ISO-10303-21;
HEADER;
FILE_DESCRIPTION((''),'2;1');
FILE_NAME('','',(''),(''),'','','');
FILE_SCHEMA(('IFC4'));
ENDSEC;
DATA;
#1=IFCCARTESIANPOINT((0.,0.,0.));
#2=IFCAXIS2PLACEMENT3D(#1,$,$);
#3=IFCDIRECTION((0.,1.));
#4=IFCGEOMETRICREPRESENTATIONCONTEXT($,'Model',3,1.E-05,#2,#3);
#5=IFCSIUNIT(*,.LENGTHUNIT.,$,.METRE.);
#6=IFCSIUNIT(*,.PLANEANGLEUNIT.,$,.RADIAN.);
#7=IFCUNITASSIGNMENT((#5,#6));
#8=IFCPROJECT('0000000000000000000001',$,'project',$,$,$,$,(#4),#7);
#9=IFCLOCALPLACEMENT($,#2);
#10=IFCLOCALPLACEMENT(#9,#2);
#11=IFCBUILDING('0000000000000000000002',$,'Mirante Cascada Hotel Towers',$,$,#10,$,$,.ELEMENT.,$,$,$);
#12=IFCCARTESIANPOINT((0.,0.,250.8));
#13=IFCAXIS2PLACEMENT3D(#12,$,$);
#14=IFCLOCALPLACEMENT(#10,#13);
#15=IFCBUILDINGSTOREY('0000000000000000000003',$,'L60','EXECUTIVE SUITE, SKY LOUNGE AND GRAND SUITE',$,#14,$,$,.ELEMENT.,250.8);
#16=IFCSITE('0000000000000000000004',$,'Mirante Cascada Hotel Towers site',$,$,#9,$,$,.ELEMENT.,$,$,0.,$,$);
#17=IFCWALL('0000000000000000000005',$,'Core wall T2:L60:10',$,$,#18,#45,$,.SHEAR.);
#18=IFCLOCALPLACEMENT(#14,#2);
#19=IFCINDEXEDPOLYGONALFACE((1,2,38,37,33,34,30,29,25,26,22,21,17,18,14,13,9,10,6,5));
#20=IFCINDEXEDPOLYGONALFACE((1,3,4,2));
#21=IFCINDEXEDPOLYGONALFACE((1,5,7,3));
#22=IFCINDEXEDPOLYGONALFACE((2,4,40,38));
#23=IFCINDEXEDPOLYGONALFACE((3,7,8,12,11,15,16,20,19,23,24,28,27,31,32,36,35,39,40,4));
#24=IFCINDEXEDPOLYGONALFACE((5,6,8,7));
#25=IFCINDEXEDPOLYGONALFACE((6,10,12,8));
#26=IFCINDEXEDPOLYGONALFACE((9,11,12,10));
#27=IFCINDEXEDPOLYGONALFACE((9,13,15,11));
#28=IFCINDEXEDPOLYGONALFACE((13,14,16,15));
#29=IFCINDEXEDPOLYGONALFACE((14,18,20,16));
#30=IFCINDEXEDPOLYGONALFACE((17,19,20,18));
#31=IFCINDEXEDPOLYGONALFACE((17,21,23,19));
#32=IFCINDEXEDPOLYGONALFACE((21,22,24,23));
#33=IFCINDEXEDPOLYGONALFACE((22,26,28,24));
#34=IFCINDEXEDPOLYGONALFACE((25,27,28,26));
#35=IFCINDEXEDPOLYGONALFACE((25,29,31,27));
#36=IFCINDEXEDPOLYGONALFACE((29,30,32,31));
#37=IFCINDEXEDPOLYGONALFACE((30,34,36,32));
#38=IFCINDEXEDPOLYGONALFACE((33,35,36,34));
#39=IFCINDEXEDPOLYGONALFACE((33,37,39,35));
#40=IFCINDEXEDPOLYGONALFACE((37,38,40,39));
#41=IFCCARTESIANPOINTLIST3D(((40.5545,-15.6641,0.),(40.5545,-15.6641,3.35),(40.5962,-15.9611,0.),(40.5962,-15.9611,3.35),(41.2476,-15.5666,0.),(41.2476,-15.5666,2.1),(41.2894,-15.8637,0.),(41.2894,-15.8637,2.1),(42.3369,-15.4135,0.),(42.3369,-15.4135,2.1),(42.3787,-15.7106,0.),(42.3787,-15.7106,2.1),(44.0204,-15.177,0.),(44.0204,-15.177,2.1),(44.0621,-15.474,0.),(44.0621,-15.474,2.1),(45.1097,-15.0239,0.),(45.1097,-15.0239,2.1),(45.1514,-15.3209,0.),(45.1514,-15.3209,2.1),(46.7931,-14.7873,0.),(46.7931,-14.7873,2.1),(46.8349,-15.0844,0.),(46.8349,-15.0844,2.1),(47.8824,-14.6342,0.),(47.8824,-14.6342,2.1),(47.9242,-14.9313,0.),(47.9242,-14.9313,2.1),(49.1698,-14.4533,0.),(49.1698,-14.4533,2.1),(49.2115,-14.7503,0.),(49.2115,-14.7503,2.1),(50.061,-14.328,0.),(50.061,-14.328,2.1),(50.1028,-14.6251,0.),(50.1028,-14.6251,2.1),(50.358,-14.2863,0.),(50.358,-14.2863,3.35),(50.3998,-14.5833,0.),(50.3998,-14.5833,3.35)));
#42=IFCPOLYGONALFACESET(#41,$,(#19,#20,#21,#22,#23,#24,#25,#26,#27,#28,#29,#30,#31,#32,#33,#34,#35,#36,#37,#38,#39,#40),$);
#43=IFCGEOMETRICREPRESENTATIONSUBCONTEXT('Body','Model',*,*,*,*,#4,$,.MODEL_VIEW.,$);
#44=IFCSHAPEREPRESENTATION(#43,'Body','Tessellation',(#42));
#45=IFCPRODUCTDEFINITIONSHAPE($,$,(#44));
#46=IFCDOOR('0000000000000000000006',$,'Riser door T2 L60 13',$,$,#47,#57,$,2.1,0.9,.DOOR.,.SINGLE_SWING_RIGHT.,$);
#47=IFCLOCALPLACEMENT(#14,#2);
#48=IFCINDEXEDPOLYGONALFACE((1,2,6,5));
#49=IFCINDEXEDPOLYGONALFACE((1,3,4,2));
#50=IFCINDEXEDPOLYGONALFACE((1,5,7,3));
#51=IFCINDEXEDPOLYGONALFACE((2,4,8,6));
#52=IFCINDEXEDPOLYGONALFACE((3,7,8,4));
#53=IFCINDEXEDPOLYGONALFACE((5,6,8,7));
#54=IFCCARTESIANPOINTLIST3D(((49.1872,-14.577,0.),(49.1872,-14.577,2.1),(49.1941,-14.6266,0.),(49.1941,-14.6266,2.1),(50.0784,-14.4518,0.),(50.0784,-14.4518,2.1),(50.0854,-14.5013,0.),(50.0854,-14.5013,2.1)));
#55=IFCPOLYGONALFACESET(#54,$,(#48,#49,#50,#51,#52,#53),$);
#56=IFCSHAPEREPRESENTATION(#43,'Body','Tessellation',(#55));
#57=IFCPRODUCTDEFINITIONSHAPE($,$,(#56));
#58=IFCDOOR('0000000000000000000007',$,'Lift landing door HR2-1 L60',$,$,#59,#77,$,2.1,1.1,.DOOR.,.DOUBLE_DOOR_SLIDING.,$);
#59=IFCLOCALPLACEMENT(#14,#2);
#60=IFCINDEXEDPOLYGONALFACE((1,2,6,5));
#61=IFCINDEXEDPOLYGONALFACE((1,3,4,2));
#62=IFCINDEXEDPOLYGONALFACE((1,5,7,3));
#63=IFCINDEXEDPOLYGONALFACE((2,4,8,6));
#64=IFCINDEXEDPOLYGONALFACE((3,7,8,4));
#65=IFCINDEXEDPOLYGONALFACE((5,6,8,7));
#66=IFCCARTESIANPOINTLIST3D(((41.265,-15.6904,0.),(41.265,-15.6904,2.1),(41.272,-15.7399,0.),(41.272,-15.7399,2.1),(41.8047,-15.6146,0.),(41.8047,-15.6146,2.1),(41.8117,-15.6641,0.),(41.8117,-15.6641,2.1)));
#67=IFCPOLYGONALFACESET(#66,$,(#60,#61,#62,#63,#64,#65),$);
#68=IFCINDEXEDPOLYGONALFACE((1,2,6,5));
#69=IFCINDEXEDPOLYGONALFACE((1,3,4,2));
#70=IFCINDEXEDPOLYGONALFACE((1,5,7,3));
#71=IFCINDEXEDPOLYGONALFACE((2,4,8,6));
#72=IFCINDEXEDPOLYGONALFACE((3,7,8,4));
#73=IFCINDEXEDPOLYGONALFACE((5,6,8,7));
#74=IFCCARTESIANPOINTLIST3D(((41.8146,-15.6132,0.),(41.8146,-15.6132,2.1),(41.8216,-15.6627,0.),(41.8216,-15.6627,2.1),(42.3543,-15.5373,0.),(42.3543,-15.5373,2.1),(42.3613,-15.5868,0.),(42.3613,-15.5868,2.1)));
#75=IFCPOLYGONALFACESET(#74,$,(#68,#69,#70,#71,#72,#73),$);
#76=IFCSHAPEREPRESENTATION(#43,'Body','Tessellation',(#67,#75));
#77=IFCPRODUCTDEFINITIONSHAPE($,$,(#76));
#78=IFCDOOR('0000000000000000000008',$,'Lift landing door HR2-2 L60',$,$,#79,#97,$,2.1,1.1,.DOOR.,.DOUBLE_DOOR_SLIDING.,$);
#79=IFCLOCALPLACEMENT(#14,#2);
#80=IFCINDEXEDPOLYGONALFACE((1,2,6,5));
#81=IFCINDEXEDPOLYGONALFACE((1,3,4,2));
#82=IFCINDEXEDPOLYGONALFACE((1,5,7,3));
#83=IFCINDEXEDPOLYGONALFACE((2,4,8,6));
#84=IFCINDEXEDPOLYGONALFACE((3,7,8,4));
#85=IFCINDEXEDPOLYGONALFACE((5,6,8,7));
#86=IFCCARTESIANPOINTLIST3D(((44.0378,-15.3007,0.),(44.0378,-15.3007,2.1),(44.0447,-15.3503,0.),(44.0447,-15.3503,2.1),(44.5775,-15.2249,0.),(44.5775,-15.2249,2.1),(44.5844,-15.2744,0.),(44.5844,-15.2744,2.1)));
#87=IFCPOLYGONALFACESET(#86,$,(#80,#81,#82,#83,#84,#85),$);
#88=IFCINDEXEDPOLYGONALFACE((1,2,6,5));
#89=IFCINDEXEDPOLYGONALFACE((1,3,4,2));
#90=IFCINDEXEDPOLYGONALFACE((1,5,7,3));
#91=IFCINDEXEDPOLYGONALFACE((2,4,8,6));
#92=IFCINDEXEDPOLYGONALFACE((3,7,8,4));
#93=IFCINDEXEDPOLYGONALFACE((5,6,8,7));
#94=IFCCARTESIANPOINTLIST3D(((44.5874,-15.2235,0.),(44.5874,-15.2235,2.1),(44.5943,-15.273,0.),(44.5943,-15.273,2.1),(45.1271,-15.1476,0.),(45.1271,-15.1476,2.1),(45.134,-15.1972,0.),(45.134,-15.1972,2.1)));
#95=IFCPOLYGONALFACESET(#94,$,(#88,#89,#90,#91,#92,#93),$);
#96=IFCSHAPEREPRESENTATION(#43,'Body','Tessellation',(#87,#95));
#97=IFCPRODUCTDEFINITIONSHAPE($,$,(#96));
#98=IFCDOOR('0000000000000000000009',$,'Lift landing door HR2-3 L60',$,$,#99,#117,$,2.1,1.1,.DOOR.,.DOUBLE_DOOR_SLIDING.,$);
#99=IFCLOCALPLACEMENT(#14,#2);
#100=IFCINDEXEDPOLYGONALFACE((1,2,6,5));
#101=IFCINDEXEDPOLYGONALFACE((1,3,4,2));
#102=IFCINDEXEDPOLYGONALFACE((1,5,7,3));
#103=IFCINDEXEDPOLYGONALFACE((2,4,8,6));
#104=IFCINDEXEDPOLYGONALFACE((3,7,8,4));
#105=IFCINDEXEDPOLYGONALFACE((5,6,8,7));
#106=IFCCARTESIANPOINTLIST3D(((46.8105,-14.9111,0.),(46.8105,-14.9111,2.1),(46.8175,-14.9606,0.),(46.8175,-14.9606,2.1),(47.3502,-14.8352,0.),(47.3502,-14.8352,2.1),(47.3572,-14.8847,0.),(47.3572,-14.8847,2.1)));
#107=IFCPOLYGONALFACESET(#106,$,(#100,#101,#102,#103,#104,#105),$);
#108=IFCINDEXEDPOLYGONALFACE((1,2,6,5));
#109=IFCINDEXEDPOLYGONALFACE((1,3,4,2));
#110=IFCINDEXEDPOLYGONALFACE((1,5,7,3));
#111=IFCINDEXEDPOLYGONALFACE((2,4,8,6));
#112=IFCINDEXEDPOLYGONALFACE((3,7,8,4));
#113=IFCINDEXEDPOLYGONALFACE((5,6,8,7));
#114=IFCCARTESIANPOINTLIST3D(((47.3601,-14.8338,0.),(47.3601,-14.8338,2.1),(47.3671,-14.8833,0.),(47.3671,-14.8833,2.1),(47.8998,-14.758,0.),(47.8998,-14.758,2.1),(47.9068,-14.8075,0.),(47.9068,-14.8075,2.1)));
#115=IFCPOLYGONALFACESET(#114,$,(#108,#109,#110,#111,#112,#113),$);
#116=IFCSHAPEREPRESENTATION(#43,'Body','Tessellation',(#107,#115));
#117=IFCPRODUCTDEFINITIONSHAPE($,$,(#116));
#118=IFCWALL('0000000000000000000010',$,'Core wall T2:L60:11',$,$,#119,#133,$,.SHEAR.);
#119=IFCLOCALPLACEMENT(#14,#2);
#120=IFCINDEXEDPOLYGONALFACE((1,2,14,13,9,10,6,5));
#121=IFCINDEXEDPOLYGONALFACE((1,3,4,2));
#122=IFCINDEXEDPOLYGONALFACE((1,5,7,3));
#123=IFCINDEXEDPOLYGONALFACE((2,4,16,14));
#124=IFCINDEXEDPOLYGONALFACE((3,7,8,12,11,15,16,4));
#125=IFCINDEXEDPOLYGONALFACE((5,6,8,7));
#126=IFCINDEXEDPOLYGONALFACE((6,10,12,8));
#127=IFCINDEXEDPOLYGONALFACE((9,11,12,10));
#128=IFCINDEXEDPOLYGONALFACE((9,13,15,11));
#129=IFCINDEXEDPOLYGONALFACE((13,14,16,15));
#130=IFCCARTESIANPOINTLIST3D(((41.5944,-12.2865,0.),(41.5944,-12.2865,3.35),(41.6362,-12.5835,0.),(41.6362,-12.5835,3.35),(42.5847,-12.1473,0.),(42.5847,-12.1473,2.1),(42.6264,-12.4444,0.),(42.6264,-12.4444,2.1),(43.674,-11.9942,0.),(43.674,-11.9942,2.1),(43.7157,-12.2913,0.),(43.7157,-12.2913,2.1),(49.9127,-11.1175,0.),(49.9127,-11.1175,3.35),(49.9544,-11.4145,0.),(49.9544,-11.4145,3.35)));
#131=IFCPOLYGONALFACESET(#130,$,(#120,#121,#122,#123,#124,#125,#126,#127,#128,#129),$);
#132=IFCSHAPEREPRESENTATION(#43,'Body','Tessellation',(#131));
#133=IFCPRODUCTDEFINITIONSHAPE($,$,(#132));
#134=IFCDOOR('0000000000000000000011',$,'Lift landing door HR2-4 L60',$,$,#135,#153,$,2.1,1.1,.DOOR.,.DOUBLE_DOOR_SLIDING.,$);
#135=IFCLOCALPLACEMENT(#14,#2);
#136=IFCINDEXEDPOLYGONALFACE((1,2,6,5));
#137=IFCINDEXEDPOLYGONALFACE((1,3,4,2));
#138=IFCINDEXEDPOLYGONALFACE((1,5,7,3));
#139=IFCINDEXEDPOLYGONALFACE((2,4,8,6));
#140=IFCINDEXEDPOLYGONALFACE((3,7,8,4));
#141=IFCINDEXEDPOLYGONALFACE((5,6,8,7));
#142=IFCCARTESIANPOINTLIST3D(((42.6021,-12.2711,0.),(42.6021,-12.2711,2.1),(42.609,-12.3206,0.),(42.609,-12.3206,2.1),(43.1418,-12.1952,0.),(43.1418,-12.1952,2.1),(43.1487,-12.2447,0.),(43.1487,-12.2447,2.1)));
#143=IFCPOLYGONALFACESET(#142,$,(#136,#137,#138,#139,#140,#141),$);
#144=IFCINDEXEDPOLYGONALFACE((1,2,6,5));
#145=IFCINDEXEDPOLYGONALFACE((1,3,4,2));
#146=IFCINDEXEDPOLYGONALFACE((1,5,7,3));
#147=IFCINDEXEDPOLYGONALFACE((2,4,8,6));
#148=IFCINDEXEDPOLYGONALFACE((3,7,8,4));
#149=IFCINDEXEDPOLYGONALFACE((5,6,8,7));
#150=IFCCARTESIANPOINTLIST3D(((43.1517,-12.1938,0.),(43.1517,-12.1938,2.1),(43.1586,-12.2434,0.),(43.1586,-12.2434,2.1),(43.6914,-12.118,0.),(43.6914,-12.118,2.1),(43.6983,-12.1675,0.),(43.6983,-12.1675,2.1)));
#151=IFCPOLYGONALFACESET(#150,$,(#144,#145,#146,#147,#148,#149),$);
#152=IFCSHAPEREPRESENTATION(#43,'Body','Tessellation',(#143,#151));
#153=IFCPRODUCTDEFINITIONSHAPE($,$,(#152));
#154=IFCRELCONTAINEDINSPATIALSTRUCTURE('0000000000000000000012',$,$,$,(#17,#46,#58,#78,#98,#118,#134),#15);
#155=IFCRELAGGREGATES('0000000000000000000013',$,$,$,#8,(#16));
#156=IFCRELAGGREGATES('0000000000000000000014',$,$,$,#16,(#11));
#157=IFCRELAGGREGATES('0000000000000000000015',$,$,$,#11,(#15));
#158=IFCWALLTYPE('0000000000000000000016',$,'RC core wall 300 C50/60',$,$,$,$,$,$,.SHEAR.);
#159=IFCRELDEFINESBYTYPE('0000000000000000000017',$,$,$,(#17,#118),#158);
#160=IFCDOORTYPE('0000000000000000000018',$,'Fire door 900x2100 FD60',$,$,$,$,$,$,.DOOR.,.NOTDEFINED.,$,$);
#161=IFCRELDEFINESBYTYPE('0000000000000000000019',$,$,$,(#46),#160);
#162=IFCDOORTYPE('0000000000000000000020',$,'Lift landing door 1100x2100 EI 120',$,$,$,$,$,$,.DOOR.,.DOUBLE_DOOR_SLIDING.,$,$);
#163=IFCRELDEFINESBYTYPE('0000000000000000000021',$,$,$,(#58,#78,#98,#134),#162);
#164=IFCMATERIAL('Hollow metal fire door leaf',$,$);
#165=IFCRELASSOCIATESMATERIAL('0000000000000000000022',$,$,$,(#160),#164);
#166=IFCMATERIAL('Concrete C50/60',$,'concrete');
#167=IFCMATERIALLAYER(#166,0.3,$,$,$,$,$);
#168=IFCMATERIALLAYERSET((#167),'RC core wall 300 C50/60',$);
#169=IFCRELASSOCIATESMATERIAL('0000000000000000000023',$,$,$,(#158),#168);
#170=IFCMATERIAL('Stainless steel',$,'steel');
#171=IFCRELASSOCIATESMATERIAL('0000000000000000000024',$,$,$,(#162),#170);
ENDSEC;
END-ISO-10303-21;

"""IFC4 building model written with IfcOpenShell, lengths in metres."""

from ifc_helpers import new_model, si_unit, direction, frame, frame_2d, origin, place, context, subcontext, project, spatial, rectangle, extrude, material, layer, layer_set, type_object, element, fill, save


model = new_model("IFC4")

# Units and contexts
model_context = context("Model", 3, precision=1e-05, world=origin(), true_north=direction((0.0, 1.0)))
body_context = subcontext(model_context, "Body", "Model", "MODEL_VIEW")
ifc_project = project(units=[si_unit("LENGTHUNIT", "METRE"), si_unit("PLANEANGLEUNIT", "RADIAN")], contexts=[model_context])

# Site, building, storey
site_placement = place(None, origin())
site = spatial("IfcSite", under=ifc_project, at=site_placement, Name="Mirante Cascada Hotel Towers site", CompositionType="ELEMENT", RefElevation=0.0)
building_placement = place(site_placement, origin())
building = spatial("IfcBuilding", under=site, at=building_placement, Name="Mirante Cascada Hotel Towers", CompositionType="ELEMENT")
storey_placement = place(building_placement, frame((0.0, 0.0, 250.8)))
storey = spatial("IfcBuildingStorey", under=building, at=storey_placement, Name="L60", Description="EXECUTIVE SUITE, SKY LOUNGE AND GRAND SUITE", CompositionType="ELEMENT", Elevation=250.8)

# Shared definitions
ifc_material_1 = material(Name="Hollow metal fire door leaf")
door_type_1 = type_object("IfcDoorType", Name="Fire door 900x2100 FD60", OperationType="NOTDEFINED", PredefinedType="DOOR", material=ifc_material_1)

# Shared definitions
ifc_material_2 = material(Name="Concrete C50/60", Category="concrete")
ifc_layer_1 = layer(ifc_material_2, 0.3)
ifc_layer_set_1 = layer_set([ifc_layer_1], Name="RC core wall 300 C50/60")
wall_type_1 = type_object("IfcWallType", Name="RC core wall 300 C50/60", PredefinedType="SHEAR", material=ifc_layer_set_1)

# Wall, openings, doors
wall_1_placement = place(storey_placement, frame((40.5753, -15.8126, 0.0), z_axis=(0.0, 0.0, 1.0), x_axis=(0.990268, 0.139173, 0.0)))
wall_1 = element("IfcWall", 1, at=wall_1_placement, inside=storey, type_object=wall_type_1, Name="Core wall T2:L60:10", PredefinedType="SHEAR", context=body_context, shape_type="SweptSolid", body=[
    extrude(rectangle(XDim=9.8999, YDim=0.3, at=frame_2d((4.95, 0.0))), origin(), (0.0, 0.0, 1.0), 3.35),
])
opening_1_placement = place(wall_1_placement, frame((0.7, 0.0, 0.0)))
opening_1 = element("IfcOpeningElement", 2, at=opening_1_placement, cuts=wall_1, PredefinedType="OPENING", context=body_context, shape_type="SweptSolid", body=[
    extrude(rectangle(XDim=1.1, YDim=2.1, at=frame_2d((0.55, 1.05))), frame((0.0, 0.15, 0.0), z_axis=(0.0, -1.0, 0.0), x_axis=(1.0, 0.0, 0.0)), (0.0, 0.0, 1.0), 0.3),
])
opening_2_placement = place(wall_1_placement, frame((3.5, 0.0, 0.0)))
opening_2 = element("IfcOpeningElement", 3, at=opening_2_placement, cuts=wall_1, PredefinedType="OPENING", context=body_context, shape_type="SweptSolid", body=[
    extrude(rectangle(XDim=1.1, YDim=2.1, at=frame_2d((0.55, 1.05))), frame((0.0, 0.15, 0.0), z_axis=(0.0, -1.0, 0.0), x_axis=(1.0, 0.0, 0.0)), (0.0, 0.0, 1.0), 0.3),
])
opening_3_placement = place(wall_1_placement, frame((6.3, 0.0, 0.0)))
opening_3 = element("IfcOpeningElement", 4, at=opening_3_placement, cuts=wall_1, PredefinedType="OPENING", context=body_context, shape_type="SweptSolid", body=[
    extrude(rectangle(XDim=1.1, YDim=2.1, at=frame_2d((0.55, 1.05))), frame((0.0, 0.15, 0.0), z_axis=(0.0, -1.0, 0.0), x_axis=(1.0, 0.0, 0.0)), (0.0, 0.0, 1.0), 0.3),
])
opening_4_placement = place(wall_1_placement, frame((8.7, 0.0, 0.0)))
opening_4 = element("IfcOpeningElement", 5, at=opening_4_placement, cuts=wall_1, PredefinedType="OPENING", context=body_context, shape_type="SweptSolid", body=[
    extrude(rectangle(XDim=0.9, YDim=2.1, at=frame_2d((0.45, 1.05))), frame((0.0, 0.15, 0.0), z_axis=(0.0, -1.0, 0.0), x_axis=(1.0, 0.0, 0.0)), (0.0, 0.0, 1.0), 0.3),
])
door_1_placement = place(opening_4_placement, frame((0.9, 0.0, 0.0), z_axis=(0.0, 0.0, 1.0), x_axis=(-1.0, 0.0, 0.0)))
door_1 = element("IfcDoor", 6, at=door_1_placement, inside=storey, type_object=door_type_1, Name="Riser door T2 L60 13", OperationType="SINGLE_SWING_RIGHT", OverallHeight=2.1, OverallWidth=0.9, PredefinedType="DOOR", context=body_context, shape_type="SweptSolid", body=[
    extrude(rectangle(XDim=0.9, YDim=2.1, at=frame_2d((0.45, 1.05))), frame((0.0, 0.025, 0.0), z_axis=(0.0, -1.0, 0.0), x_axis=(1.0, 0.0, 0.0)), (0.0, 0.0, 1.0), 0.05),
])
fill(opening_4, door_1)
ifc_material_3 = material(Name="Stainless steel", Category="steel")
door_type_2 = type_object("IfcDoorType", Name="Lift landing door 1100x2100 EI 120", OperationType="DOUBLE_DOOR_SLIDING", PredefinedType="DOOR", material=ifc_material_3)
door_2_placement = place(opening_1_placement, origin())
door_2 = element("IfcDoor", 7, at=door_2_placement, inside=storey, type_object=door_type_2, Name="Lift landing door HR2-1 L60", OperationType="DOUBLE_DOOR_SLIDING", OverallHeight=2.1, OverallWidth=1.1, PredefinedType="DOOR", context=body_context, shape_type="SweptSolid", body=[
    extrude(rectangle(XDim=0.545, YDim=2.1, at=frame_2d((0.2725, 1.05))), frame((0.0, 0.025, 0.0), z_axis=(0.0, -1.0, 0.0), x_axis=(1.0, 0.0, 0.0)), (0.0, 0.0, 1.0), 0.05),
    extrude(rectangle(XDim=0.545, YDim=2.1, at=frame_2d((0.8275, 1.05))), frame((0.0, 0.025, 0.0), z_axis=(0.0, -1.0, 0.0), x_axis=(1.0, 0.0, 0.0)), (0.0, 0.0, 1.0), 0.05),
])
fill(opening_1, door_2)
door_3_placement = place(opening_2_placement, origin())
door_3 = element("IfcDoor", 8, at=door_3_placement, inside=storey, type_object=door_type_2, Name="Lift landing door HR2-2 L60", OperationType="DOUBLE_DOOR_SLIDING", OverallHeight=2.1, OverallWidth=1.1, PredefinedType="DOOR", context=body_context, shape_type="SweptSolid", body=[
    extrude(rectangle(XDim=0.545, YDim=2.1, at=frame_2d((0.2725, 1.05))), frame((0.0, 0.025, 0.0), z_axis=(0.0, -1.0, 0.0), x_axis=(1.0, 0.0, 0.0)), (0.0, 0.0, 1.0), 0.05),
    extrude(rectangle(XDim=0.545, YDim=2.1, at=frame_2d((0.8275, 1.05))), frame((0.0, 0.025, 0.0), z_axis=(0.0, -1.0, 0.0), x_axis=(1.0, 0.0, 0.0)), (0.0, 0.0, 1.0), 0.05),
])
fill(opening_2, door_3)
door_4_placement = place(opening_3_placement, origin())
door_4 = element("IfcDoor", 9, at=door_4_placement, inside=storey, type_object=door_type_2, Name="Lift landing door HR2-3 L60", OperationType="DOUBLE_DOOR_SLIDING", OverallHeight=2.1, OverallWidth=1.1, PredefinedType="DOOR", context=body_context, shape_type="SweptSolid", body=[
    extrude(rectangle(XDim=0.545, YDim=2.1, at=frame_2d((0.2725, 1.05))), frame((0.0, 0.025, 0.0), z_axis=(0.0, -1.0, 0.0), x_axis=(1.0, 0.0, 0.0)), (0.0, 0.0, 1.0), 0.05),
    extrude(rectangle(XDim=0.545, YDim=2.1, at=frame_2d((0.8275, 1.05))), frame((0.0, 0.025, 0.0), z_axis=(0.0, -1.0, 0.0), x_axis=(1.0, 0.0, 0.0)), (0.0, 0.0, 1.0), 0.05),
])
fill(opening_3, door_4)

# Wall, opening, door
wall_2_placement = place(storey_placement, frame((41.6153, -12.435, 0.0), z_axis=(0.0, 0.0, 1.0), x_axis=(0.990269, 0.139166, 0.0)))
wall_2 = element("IfcWall", 10, at=wall_2_placement, inside=storey, type_object=wall_type_1, Name="Core wall T2:L60:11", PredefinedType="SHEAR", context=body_context, shape_type="SweptSolid", body=[
    extrude(rectangle(XDim=8.4, YDim=0.3, at=frame_2d((4.2, 0.0))), origin(), (0.0, 0.0, 1.0), 3.35),
])
opening_5_placement = place(wall_2_placement, frame((1.0, 0.0, 0.0)))
opening_5 = element("IfcOpeningElement", 11, at=opening_5_placement, cuts=wall_2, PredefinedType="OPENING", context=body_context, shape_type="SweptSolid", body=[
    extrude(rectangle(XDim=1.1, YDim=2.1, at=frame_2d((0.55, 1.05))), frame((0.0, 0.15, 0.0), z_axis=(0.0, -1.0, 0.0), x_axis=(1.0, 0.0, 0.0)), (0.0, 0.0, 1.0), 0.3),
])
door_5_placement = place(opening_5_placement, origin())
door_5 = element("IfcDoor", 12, at=door_5_placement, inside=storey, type_object=door_type_2, Name="Lift landing door HR2-4 L60", OperationType="DOUBLE_DOOR_SLIDING", OverallHeight=2.1, OverallWidth=1.1, PredefinedType="DOOR", context=body_context, shape_type="SweptSolid", body=[
    extrude(rectangle(XDim=0.545, YDim=2.1, at=frame_2d((0.2725, 1.05))), frame((0.0, 0.025, 0.0), z_axis=(0.0, -1.0, 0.0), x_axis=(1.0, 0.0, 0.0)), (0.0, 0.0, 1.0), 0.05),
    extrude(rectangle(XDim=0.545, YDim=2.1, at=frame_2d((0.8275, 1.05))), frame((0.0, 0.025, 0.0), z_axis=(0.0, -1.0, 0.0), x_axis=(1.0, 0.0, 0.0)), (0.0, 0.0, 1.0), 0.05),
])
fill(opening_5, door_5)

save(model, "model.ifc")
